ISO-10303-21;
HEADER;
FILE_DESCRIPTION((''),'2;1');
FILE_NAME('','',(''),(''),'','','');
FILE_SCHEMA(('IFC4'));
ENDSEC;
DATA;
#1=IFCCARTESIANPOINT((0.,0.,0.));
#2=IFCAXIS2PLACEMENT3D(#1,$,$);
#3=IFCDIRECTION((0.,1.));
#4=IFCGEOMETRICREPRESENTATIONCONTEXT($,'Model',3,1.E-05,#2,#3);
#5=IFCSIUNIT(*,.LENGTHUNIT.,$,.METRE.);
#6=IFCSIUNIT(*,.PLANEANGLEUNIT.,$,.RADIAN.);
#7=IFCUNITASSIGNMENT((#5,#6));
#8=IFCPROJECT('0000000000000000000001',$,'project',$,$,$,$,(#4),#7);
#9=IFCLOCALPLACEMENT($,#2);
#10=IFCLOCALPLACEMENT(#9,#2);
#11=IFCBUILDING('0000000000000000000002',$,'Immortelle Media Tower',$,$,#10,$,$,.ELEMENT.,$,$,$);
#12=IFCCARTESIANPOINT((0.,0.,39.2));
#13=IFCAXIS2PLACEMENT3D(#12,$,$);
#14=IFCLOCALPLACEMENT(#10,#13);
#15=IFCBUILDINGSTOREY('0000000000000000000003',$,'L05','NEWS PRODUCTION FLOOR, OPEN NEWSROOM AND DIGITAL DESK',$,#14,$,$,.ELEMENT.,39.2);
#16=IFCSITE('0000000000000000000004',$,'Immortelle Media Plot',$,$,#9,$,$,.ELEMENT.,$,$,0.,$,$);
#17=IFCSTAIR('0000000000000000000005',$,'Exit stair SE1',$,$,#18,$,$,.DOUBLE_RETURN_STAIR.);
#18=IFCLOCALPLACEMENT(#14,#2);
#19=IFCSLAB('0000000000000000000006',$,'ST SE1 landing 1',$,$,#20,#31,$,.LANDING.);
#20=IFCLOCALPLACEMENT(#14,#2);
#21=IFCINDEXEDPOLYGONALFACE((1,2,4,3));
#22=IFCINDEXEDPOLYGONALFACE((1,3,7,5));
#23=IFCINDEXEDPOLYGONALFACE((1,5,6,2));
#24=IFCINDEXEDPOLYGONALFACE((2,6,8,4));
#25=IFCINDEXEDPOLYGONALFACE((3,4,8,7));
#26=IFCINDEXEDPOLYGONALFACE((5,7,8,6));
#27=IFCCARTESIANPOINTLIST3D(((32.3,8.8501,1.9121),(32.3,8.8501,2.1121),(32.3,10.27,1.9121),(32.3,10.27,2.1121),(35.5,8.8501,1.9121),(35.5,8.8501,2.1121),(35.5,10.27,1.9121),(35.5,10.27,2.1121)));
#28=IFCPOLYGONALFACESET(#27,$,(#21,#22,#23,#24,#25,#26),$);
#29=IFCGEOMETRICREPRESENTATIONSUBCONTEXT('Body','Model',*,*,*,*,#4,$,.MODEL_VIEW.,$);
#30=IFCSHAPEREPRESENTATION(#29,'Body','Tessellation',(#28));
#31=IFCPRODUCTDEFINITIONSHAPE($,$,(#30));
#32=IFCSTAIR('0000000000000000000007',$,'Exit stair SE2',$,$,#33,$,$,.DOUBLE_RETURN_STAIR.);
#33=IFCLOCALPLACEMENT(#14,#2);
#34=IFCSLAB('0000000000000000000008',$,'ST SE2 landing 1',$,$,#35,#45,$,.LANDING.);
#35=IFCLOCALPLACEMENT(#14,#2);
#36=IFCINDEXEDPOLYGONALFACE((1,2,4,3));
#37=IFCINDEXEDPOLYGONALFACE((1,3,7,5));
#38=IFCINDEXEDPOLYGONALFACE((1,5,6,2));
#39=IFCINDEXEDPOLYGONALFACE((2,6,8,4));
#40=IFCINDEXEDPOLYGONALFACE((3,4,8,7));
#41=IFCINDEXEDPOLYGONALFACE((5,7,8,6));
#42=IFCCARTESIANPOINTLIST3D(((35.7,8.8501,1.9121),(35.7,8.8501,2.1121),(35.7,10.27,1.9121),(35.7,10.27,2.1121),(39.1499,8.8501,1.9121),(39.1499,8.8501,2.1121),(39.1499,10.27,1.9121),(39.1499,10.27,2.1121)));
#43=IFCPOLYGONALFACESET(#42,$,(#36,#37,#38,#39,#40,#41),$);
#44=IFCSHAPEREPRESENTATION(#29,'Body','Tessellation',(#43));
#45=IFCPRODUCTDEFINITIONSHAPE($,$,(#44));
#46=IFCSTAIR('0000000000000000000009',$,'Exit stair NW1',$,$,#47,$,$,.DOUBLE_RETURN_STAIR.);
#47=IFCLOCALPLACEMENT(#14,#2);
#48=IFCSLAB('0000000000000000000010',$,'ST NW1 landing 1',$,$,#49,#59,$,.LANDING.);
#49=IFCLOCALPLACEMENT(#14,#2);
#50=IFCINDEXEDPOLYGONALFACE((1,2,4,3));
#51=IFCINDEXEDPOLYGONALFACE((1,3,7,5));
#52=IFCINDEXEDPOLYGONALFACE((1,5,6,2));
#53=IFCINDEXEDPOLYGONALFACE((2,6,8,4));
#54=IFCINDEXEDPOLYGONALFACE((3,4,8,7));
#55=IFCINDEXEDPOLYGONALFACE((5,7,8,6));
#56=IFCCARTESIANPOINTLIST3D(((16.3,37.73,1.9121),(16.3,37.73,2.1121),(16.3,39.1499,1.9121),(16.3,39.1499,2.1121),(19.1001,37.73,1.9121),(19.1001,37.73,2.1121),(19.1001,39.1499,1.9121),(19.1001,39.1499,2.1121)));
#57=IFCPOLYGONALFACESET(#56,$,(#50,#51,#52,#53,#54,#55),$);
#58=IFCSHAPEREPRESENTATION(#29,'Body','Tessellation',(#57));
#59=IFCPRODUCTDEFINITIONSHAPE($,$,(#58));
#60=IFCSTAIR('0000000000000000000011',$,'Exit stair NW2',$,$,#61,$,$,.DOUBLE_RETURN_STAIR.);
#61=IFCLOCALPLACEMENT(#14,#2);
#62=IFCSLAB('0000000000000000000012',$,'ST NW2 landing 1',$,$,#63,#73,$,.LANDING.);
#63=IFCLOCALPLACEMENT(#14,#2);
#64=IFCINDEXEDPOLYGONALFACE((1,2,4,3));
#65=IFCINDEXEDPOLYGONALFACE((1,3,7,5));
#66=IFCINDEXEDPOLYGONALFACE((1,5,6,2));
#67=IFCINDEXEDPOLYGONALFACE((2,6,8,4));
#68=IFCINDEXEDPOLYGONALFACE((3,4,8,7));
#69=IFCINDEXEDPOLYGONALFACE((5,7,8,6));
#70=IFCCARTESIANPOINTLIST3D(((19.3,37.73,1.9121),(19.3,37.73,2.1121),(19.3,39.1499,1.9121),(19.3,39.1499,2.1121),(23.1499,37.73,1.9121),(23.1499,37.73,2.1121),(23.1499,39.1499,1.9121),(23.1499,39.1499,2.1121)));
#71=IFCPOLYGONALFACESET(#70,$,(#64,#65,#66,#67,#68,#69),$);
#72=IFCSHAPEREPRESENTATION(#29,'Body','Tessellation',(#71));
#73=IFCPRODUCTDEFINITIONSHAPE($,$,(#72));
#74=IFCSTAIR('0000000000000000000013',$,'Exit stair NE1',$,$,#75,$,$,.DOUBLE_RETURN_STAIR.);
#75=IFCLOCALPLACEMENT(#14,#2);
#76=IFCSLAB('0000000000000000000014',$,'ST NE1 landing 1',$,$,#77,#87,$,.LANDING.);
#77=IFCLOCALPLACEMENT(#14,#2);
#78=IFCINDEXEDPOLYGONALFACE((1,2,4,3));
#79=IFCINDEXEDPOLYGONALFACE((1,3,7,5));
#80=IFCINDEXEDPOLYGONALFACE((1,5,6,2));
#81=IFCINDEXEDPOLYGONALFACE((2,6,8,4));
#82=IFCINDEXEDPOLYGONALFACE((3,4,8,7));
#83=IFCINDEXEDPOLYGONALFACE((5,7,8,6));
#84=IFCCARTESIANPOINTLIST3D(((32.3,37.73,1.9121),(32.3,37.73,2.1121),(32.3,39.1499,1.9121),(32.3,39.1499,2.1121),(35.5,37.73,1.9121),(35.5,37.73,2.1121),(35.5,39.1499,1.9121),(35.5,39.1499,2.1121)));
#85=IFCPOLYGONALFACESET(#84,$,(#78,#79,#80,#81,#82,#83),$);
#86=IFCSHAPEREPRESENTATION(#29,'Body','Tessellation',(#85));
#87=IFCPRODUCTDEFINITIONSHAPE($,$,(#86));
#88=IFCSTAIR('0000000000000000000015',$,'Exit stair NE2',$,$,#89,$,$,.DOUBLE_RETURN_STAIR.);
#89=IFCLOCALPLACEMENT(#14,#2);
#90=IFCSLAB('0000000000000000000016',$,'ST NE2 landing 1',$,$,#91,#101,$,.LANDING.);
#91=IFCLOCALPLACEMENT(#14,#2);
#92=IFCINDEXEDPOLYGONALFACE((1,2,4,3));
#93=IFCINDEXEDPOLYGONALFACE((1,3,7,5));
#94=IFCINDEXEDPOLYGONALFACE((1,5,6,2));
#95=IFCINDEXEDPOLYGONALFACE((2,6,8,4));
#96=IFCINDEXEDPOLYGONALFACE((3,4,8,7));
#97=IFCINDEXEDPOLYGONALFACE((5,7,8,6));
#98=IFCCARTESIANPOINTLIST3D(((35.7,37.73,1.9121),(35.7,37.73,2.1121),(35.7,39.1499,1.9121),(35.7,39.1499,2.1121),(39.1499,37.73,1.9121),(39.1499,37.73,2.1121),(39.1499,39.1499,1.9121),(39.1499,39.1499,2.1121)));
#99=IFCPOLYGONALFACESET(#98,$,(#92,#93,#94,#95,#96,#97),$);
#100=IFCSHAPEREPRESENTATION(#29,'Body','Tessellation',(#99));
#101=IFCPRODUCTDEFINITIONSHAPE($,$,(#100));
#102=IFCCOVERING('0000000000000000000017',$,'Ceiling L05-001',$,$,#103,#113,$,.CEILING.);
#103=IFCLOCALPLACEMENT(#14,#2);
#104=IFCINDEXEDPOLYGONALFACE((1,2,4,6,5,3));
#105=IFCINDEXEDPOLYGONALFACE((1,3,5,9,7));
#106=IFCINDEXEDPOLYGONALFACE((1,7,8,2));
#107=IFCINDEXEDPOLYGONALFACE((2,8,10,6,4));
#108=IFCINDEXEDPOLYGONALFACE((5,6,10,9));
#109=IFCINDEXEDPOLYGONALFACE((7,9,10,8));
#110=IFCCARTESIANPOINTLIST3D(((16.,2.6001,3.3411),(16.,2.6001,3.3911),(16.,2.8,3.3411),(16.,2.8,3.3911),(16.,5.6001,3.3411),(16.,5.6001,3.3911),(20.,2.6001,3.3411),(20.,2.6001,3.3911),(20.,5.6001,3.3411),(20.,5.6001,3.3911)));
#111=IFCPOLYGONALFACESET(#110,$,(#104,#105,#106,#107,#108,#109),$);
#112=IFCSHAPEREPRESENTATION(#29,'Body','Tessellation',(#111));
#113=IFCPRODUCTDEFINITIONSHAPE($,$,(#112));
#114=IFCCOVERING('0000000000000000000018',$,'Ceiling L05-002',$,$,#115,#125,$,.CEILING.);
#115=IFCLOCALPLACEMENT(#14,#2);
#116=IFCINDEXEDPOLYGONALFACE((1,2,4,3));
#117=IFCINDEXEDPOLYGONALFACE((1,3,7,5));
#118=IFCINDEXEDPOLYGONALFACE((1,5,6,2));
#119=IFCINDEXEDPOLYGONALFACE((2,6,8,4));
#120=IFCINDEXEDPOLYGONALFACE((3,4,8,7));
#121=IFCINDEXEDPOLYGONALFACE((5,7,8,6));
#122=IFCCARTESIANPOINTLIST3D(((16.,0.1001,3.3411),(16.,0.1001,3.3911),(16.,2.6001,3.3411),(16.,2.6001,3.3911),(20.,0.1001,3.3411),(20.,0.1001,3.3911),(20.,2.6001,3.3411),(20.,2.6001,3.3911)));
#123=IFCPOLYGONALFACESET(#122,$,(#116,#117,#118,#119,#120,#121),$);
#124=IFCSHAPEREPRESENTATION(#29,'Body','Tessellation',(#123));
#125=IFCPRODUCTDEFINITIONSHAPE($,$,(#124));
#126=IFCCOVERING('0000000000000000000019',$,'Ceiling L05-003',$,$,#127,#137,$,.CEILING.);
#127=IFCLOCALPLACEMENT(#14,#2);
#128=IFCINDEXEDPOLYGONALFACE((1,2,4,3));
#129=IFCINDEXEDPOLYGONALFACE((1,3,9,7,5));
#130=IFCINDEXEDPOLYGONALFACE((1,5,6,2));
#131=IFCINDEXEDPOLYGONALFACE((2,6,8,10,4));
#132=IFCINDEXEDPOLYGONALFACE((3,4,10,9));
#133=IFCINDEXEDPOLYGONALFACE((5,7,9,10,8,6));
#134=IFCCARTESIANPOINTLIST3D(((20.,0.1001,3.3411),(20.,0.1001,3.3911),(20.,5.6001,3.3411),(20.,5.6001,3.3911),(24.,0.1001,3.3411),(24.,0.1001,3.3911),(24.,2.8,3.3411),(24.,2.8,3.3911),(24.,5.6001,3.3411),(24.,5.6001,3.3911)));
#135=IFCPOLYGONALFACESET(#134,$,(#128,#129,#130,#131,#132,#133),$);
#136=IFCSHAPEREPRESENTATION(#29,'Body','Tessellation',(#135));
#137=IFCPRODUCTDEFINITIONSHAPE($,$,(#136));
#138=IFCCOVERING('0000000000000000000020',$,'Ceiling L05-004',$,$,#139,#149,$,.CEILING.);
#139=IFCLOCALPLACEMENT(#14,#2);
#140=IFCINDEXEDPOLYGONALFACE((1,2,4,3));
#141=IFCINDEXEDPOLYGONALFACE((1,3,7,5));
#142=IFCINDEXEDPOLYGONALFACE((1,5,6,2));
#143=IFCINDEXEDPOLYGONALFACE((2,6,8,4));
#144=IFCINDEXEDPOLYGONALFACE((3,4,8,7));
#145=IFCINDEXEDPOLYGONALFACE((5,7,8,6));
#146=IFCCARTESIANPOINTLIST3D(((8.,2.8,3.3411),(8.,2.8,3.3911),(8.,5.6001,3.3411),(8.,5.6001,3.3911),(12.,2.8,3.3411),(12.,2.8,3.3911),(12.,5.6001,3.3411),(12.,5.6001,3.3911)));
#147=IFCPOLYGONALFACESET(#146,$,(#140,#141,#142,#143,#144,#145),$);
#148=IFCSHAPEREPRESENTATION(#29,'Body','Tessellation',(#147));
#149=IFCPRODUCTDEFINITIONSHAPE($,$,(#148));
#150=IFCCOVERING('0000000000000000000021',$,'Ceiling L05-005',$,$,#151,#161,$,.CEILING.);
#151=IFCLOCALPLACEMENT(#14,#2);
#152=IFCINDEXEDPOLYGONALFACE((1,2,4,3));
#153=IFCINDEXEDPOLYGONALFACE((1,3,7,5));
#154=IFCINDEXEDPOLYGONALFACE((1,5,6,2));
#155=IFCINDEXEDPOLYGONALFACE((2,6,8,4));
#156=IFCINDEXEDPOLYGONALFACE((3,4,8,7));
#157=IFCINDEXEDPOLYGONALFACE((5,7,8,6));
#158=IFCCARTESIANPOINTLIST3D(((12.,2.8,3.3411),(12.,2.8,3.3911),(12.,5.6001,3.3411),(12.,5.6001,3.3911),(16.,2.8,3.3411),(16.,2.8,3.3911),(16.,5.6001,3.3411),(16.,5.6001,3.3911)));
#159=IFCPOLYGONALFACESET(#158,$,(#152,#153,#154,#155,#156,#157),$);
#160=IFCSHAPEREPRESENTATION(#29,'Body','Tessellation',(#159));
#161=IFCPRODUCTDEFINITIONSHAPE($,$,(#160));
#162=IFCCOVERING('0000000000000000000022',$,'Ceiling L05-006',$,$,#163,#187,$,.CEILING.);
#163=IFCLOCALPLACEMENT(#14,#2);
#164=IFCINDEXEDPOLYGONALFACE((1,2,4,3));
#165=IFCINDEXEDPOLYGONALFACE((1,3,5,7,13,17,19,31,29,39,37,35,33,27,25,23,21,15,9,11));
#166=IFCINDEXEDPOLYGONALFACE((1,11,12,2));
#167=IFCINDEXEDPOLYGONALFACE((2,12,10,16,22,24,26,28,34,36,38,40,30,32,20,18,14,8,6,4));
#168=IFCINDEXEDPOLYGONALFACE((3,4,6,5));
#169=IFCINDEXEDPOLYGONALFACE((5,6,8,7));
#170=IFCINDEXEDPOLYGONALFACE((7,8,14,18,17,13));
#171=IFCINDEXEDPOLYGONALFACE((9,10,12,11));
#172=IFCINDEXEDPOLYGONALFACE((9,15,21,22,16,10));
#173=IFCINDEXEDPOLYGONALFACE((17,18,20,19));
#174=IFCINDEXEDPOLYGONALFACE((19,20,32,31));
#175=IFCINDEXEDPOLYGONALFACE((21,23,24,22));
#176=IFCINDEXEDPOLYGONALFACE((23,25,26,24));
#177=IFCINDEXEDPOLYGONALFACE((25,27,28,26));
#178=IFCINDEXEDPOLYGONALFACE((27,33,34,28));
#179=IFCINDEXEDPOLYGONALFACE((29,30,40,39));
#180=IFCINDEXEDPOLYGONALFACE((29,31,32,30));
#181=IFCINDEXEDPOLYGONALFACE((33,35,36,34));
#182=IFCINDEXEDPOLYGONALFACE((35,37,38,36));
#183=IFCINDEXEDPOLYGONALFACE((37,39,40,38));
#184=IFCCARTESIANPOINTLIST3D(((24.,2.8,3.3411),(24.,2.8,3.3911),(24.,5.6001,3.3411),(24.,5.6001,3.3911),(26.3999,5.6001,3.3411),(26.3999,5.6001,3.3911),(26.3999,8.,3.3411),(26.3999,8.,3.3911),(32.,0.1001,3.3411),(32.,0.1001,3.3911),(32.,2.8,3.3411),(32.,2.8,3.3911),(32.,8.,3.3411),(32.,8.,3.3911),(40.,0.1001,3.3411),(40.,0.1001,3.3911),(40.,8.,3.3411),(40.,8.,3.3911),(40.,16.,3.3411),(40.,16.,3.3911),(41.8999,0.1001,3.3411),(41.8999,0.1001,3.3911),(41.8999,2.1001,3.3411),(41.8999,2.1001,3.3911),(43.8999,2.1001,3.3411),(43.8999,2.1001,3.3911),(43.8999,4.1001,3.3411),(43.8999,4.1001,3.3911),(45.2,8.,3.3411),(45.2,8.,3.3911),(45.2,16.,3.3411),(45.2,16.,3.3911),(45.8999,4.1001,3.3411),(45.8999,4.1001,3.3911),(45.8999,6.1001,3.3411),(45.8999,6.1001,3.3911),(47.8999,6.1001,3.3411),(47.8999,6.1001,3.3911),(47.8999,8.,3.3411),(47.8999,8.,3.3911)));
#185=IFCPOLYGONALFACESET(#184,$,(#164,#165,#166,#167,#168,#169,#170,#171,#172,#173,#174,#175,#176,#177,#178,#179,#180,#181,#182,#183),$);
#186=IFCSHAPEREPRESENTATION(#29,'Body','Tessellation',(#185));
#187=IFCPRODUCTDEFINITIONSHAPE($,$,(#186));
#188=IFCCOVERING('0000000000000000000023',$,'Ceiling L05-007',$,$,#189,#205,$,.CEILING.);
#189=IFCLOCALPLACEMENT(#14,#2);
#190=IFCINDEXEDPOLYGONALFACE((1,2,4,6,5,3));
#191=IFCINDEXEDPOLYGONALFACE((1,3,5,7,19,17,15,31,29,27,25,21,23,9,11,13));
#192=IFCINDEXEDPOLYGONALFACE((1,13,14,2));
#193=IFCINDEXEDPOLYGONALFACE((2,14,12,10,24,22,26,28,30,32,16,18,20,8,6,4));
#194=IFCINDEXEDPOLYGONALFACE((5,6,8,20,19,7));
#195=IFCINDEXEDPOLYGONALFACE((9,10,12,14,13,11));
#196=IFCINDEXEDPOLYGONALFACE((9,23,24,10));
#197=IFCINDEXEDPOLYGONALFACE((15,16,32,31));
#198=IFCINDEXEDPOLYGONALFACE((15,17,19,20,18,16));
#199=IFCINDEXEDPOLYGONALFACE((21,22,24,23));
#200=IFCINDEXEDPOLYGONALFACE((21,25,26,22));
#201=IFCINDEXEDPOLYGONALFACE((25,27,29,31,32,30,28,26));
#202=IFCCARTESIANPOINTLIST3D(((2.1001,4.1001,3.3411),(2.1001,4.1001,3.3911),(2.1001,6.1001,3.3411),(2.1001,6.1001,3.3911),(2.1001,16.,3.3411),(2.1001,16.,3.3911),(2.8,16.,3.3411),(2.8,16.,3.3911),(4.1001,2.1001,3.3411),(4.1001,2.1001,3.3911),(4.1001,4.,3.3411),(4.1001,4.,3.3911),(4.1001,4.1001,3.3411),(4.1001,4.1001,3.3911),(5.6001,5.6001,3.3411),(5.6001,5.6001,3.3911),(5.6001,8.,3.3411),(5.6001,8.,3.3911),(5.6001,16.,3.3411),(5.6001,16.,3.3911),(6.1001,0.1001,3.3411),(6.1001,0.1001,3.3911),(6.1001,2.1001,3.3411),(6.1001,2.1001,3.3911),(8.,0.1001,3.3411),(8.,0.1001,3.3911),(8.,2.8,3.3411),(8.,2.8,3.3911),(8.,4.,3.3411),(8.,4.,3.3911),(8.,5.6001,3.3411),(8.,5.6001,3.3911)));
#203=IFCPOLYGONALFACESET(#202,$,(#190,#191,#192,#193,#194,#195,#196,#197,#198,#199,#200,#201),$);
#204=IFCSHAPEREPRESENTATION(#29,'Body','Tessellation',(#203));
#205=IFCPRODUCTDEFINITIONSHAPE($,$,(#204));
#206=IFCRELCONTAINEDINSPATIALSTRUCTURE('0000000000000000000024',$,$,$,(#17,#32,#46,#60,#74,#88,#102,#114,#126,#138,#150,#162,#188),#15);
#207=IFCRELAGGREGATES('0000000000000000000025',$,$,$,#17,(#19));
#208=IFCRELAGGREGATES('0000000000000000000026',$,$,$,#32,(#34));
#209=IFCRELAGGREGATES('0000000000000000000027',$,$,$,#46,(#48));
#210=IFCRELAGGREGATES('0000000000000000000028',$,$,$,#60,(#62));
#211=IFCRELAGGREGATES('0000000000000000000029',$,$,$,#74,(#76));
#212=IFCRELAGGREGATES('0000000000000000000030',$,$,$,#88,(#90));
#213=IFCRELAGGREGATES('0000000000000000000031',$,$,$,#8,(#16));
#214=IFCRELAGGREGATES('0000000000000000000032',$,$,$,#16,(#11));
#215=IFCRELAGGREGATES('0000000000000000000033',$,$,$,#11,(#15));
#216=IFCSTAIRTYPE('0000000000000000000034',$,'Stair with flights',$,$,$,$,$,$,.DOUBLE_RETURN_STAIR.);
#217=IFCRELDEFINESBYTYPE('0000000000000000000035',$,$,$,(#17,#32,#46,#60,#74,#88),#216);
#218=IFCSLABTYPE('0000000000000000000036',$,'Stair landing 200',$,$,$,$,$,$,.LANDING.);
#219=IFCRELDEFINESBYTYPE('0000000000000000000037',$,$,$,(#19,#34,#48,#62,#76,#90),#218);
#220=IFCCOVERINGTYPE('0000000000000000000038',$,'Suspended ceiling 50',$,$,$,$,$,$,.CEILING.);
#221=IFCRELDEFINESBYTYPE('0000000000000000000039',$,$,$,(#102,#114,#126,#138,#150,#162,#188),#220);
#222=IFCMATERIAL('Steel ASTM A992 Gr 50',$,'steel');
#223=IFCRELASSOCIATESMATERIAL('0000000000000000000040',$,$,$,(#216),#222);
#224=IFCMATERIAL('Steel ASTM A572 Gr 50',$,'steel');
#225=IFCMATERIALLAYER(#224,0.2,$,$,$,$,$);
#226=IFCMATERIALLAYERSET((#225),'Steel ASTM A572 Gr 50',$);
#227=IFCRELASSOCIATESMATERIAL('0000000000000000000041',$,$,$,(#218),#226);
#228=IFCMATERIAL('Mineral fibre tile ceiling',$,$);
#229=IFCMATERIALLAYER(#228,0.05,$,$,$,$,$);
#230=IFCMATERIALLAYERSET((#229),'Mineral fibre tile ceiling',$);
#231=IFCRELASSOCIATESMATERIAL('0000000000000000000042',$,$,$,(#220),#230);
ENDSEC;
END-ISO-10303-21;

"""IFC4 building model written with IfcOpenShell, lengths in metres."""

from ifc_helpers import new_model, si_unit, direction, frame, origin, place, context, subcontext, project, spatial, polyline, outline, extrude, material, layer, layer_set, type_object, element, aggregate, save


model = new_model("IFC4")

# Units and contexts
model_context = context("Model", 3, precision=1e-05, world=origin(), true_north=direction((0.0, 1.0)))
body_context = subcontext(model_context, "Body", "Model", "MODEL_VIEW")
ifc_project = project(units=[si_unit("LENGTHUNIT", "METRE"), si_unit("PLANEANGLEUNIT", "RADIAN")], contexts=[model_context])

# Site, building, storey
site_placement = place(None, origin())
site = spatial("IfcSite", under=ifc_project, at=site_placement, Name="Immortelle Media Plot", CompositionType="ELEMENT", RefElevation=0.0)
building_placement = place(site_placement, origin())
building = spatial("IfcBuilding", under=site, at=building_placement, Name="Immortelle Media Tower", CompositionType="ELEMENT")
storey_placement = place(building_placement, frame((0.0, 0.0, 39.2)))
storey = spatial("IfcBuildingStorey", under=building, at=storey_placement, Name="L05", Description="NEWS PRODUCTION FLOOR, OPEN NEWSROOM AND DIGITAL DESK", CompositionType="ELEMENT", Elevation=39.2)

# Stairs, slabs
ifc_material_1 = material(Name="Steel ASTM A992 Gr 50", Category="steel")
stair_type = type_object("IfcStairType", Name="Stair with flights", PredefinedType="DOUBLE_RETURN_STAIR", material=ifc_material_1)
ifc_material_2 = material(Name="Steel ASTM A572 Gr 50", Category="steel")
ifc_layer_1 = layer(ifc_material_2, 0.2)
ifc_layer_set_1 = layer_set([ifc_layer_1], Name="Steel ASTM A572 Gr 50")
slab_type_1 = type_object("IfcSlabType", Name="Stair landing 200", PredefinedType="LANDING", material=ifc_layer_set_1)
stair_1_placement = place(storey_placement, origin())
stair_1 = element("IfcStair", 1, at=stair_1_placement, inside=storey, type_object=stair_type, Name="Exit stair SE1", PredefinedType="DOUBLE_RETURN_STAIR")
slab_1_placement = place(storey_placement, frame((0.0, 0.0, 1.9121)))
slab_1 = element("IfcSlab", 2, at=slab_1_placement, type_object=slab_type_1, Name="ST SE1 landing 1", PredefinedType="LANDING", context=body_context, shape_type="SweptSolid", body=[
    extrude(outline(polyline([(32.3, 8.8501), (35.5, 8.8501), (35.5, 10.27), (32.3, 10.27), (32.3, 8.8501)])), origin(), (0.0, 0.0, 1.0), 0.2),
])
aggregate(stair_1, [slab_1])
stair_2_placement = place(storey_placement, origin())
stair_2 = element("IfcStair", 3, at=stair_2_placement, inside=storey, type_object=stair_type, Name="Exit stair SE2", PredefinedType="DOUBLE_RETURN_STAIR")
slab_2_placement = place(storey_placement, frame((0.0, 0.0, 1.9121)))
slab_2 = element("IfcSlab", 4, at=slab_2_placement, type_object=slab_type_1, Name="ST SE2 landing 1", PredefinedType="LANDING", context=body_context, shape_type="SweptSolid", body=[
    extrude(outline(polyline([(35.7, 8.8501), (39.1499, 8.8501), (39.1499, 10.27), (35.7, 10.27), (35.7, 8.8501)])), origin(), (0.0, 0.0, 1.0), 0.2),
])
aggregate(stair_2, [slab_2])
stair_3_placement = place(storey_placement, origin())
stair_3 = element("IfcStair", 5, at=stair_3_placement, inside=storey, type_object=stair_type, Name="Exit stair NW1", PredefinedType="DOUBLE_RETURN_STAIR")
slab_3_placement = place(storey_placement, frame((0.0, 0.0, 1.9121)))
slab_3 = element("IfcSlab", 6, at=slab_3_placement, type_object=slab_type_1, Name="ST NW1 landing 1", PredefinedType="LANDING", context=body_context, shape_type="SweptSolid", body=[
    extrude(outline(polyline([(16.3, 37.73), (19.1001, 37.73), (19.1001, 39.1499), (16.3, 39.1499), (16.3, 37.73)])), origin(), (0.0, 0.0, 1.0), 0.2),
])
aggregate(stair_3, [slab_3])
stair_4_placement = place(storey_placement, origin())
stair_4 = element("IfcStair", 7, at=stair_4_placement, inside=storey, type_object=stair_type, Name="Exit stair NW2", PredefinedType="DOUBLE_RETURN_STAIR")
slab_4_placement = place(storey_placement, frame((0.0, 0.0, 1.9121)))
slab_4 = element("IfcSlab", 8, at=slab_4_placement, type_object=slab_type_1, Name="ST NW2 landing 1", PredefinedType="LANDING", context=body_context, shape_type="SweptSolid", body=[
    extrude(outline(polyline([(19.3, 37.73), (23.1499, 37.73), (23.1499, 39.1499), (19.3, 39.1499), (19.3, 37.73)])), origin(), (0.0, 0.0, 1.0), 0.2),
])
aggregate(stair_4, [slab_4])
stair_5_placement = place(storey_placement, origin())
stair_5 = element("IfcStair", 9, at=stair_5_placement, inside=storey, type_object=stair_type, Name="Exit stair NE1", PredefinedType="DOUBLE_RETURN_STAIR")
slab_5_placement = place(storey_placement, frame((0.0, 0.0, 1.9121)))
slab_5 = element("IfcSlab", 10, at=slab_5_placement, type_object=slab_type_1, Name="ST NE1 landing 1", PredefinedType="LANDING", context=body_context, shape_type="SweptSolid", body=[
    extrude(outline(polyline([(32.3, 37.73), (35.5, 37.73), (35.5, 39.1499), (32.3, 39.1499), (32.3, 37.73)])), origin(), (0.0, 0.0, 1.0), 0.2),
])
aggregate(stair_5, [slab_5])
stair_6_placement = place(storey_placement, origin())
stair_6 = element("IfcStair", 11, at=stair_6_placement, inside=storey, type_object=stair_type, Name="Exit stair NE2", PredefinedType="DOUBLE_RETURN_STAIR")
slab_6_placement = place(storey_placement, frame((0.0, 0.0, 1.9121)))
slab_6 = element("IfcSlab", 12, at=slab_6_placement, type_object=slab_type_1, Name="ST NE2 landing 1", PredefinedType="LANDING", context=body_context, shape_type="SweptSolid", body=[
    extrude(outline(polyline([(35.7, 37.73), (39.1499, 37.73), (39.1499, 39.1499), (35.7, 39.1499), (35.7, 37.73)])), origin(), (0.0, 0.0, 1.0), 0.2),
])
aggregate(stair_6, [slab_6])

# Coverings
ifc_material_3 = material(Name="Mineral fibre tile ceiling")
ifc_layer_2 = layer(ifc_material_3, 0.05)
ifc_layer_set_2 = layer_set([ifc_layer_2], Name="Mineral fibre tile ceiling")
covering_type = type_object("IfcCoveringType", Name="Suspended ceiling 50", PredefinedType="CEILING", material=ifc_layer_set_2)
covering_1_placement = place(storey_placement, frame((0.0, 0.0, 3.3411)))
element("IfcCovering", 13, at=covering_1_placement, inside=storey, type_object=covering_type, Name="Ceiling L05-001", PredefinedType="CEILING", context=body_context, shape_type="SweptSolid", body=[
    extrude(outline(polyline([(16.0, 5.6001), (20.0, 5.6001), (20.0, 2.6001), (16.0, 2.6001), (16.0, 2.8), (16.0, 5.6001)])), origin(), (0.0, 0.0, 1.0), 0.05),
])
covering_2_placement = place(storey_placement, frame((0.0, 0.0, 3.3411)))
element("IfcCovering", 14, at=covering_2_placement, inside=storey, type_object=covering_type, Name="Ceiling L05-002", PredefinedType="CEILING", context=body_context, shape_type="SweptSolid", body=[
    extrude(outline(polyline([(20.0, 0.1001), (16.0, 0.1001), (16.0, 2.6001), (20.0, 2.6001), (20.0, 0.1001)])), origin(), (0.0, 0.0, 1.0), 0.05),
])
covering_3_placement = place(storey_placement, frame((0.0, 0.0, 3.3411)))
element("IfcCovering", 15, at=covering_3_placement, inside=storey, type_object=covering_type, Name="Ceiling L05-003", PredefinedType="CEILING", context=body_context, shape_type="SweptSolid", body=[
    extrude(outline(polyline([(24.0, 5.6001), (24.0, 2.8), (24.0, 0.1001), (20.0, 0.1001), (20.0, 5.6001), (24.0, 5.6001)])), origin(), (0.0, 0.0, 1.0), 0.05),
])
covering_4_placement = place(storey_placement, frame((0.0, 0.0, 3.3411)))
element("IfcCovering", 16, at=covering_4_placement, inside=storey, type_object=covering_type, Name="Ceiling L05-004", PredefinedType="CEILING", context=body_context, shape_type="SweptSolid", body=[
    extrude(outline(polyline([(8.0, 5.6001), (12.0, 5.6001), (12.0, 2.8), (8.0, 2.8), (8.0, 5.6001)])), origin(), (0.0, 0.0, 1.0), 0.05),
])
covering_5_placement = place(storey_placement, frame((0.0, 0.0, 3.3411)))
element("IfcCovering", 17, at=covering_5_placement, inside=storey, type_object=covering_type, Name="Ceiling L05-005", PredefinedType="CEILING", context=body_context, shape_type="SweptSolid", body=[
    extrude(outline(polyline([(16.0, 5.6001), (16.0, 2.8), (12.0, 2.8), (12.0, 5.6001), (16.0, 5.6001)])), origin(), (0.0, 0.0, 1.0), 0.05),
])
covering_6_placement = place(storey_placement, frame((0.0, 0.0, 3.3411)))
element("IfcCovering", 18, at=covering_6_placement, inside=storey, type_object=covering_type, Name="Ceiling L05-006", PredefinedType="CEILING", context=body_context, shape_type="SweptSolid", body=[
    extrude(outline(polyline([(24.0, 5.6001), (26.3999, 5.6001), (26.3999, 8.0), (32.0, 8.0), (40.0, 8.0), (40.0, 16.0), (45.2, 16.0), (45.2, 8.0), (47.8999, 8.0), (47.8999, 6.1001), (45.8999, 6.1001), (45.8999, 4.1001), (43.8999, 4.1001), (43.8999, 2.1001), (41.8999, 2.1001), (41.8999, 0.1001), (40.0, 0.1001), (32.0, 0.1001), (32.0, 2.8), (24.0, 2.8), (24.0, 5.6001)])), origin(), (0.0, 0.0, 1.0), 0.05),
])
covering_7_placement = place(storey_placement, frame((0.0, 0.0, 3.3411)))
element("IfcCovering", 19, at=covering_7_placement, inside=storey, type_object=covering_type, Name="Ceiling L05-007", PredefinedType="CEILING", context=body_context, shape_type="SweptSolid", body=[
    extrude(outline(polyline([(4.1001, 4.1001), (2.1001, 4.1001), (2.1001, 6.1001), (2.1001, 16.0), (2.8, 16.0), (5.6001, 16.0), (5.6001, 8.0), (5.6001, 5.6001), (8.0, 5.6001), (8.0, 4.0), (8.0, 2.8), (8.0, 0.1001), (6.1001, 0.1001), (6.1001, 2.1001), (4.1001, 2.1001), (4.1001, 4.0), (4.1001, 4.1001)])), origin(), (0.0, 0.0, 1.0), 0.05),
])

save(model, "model.ifc")
